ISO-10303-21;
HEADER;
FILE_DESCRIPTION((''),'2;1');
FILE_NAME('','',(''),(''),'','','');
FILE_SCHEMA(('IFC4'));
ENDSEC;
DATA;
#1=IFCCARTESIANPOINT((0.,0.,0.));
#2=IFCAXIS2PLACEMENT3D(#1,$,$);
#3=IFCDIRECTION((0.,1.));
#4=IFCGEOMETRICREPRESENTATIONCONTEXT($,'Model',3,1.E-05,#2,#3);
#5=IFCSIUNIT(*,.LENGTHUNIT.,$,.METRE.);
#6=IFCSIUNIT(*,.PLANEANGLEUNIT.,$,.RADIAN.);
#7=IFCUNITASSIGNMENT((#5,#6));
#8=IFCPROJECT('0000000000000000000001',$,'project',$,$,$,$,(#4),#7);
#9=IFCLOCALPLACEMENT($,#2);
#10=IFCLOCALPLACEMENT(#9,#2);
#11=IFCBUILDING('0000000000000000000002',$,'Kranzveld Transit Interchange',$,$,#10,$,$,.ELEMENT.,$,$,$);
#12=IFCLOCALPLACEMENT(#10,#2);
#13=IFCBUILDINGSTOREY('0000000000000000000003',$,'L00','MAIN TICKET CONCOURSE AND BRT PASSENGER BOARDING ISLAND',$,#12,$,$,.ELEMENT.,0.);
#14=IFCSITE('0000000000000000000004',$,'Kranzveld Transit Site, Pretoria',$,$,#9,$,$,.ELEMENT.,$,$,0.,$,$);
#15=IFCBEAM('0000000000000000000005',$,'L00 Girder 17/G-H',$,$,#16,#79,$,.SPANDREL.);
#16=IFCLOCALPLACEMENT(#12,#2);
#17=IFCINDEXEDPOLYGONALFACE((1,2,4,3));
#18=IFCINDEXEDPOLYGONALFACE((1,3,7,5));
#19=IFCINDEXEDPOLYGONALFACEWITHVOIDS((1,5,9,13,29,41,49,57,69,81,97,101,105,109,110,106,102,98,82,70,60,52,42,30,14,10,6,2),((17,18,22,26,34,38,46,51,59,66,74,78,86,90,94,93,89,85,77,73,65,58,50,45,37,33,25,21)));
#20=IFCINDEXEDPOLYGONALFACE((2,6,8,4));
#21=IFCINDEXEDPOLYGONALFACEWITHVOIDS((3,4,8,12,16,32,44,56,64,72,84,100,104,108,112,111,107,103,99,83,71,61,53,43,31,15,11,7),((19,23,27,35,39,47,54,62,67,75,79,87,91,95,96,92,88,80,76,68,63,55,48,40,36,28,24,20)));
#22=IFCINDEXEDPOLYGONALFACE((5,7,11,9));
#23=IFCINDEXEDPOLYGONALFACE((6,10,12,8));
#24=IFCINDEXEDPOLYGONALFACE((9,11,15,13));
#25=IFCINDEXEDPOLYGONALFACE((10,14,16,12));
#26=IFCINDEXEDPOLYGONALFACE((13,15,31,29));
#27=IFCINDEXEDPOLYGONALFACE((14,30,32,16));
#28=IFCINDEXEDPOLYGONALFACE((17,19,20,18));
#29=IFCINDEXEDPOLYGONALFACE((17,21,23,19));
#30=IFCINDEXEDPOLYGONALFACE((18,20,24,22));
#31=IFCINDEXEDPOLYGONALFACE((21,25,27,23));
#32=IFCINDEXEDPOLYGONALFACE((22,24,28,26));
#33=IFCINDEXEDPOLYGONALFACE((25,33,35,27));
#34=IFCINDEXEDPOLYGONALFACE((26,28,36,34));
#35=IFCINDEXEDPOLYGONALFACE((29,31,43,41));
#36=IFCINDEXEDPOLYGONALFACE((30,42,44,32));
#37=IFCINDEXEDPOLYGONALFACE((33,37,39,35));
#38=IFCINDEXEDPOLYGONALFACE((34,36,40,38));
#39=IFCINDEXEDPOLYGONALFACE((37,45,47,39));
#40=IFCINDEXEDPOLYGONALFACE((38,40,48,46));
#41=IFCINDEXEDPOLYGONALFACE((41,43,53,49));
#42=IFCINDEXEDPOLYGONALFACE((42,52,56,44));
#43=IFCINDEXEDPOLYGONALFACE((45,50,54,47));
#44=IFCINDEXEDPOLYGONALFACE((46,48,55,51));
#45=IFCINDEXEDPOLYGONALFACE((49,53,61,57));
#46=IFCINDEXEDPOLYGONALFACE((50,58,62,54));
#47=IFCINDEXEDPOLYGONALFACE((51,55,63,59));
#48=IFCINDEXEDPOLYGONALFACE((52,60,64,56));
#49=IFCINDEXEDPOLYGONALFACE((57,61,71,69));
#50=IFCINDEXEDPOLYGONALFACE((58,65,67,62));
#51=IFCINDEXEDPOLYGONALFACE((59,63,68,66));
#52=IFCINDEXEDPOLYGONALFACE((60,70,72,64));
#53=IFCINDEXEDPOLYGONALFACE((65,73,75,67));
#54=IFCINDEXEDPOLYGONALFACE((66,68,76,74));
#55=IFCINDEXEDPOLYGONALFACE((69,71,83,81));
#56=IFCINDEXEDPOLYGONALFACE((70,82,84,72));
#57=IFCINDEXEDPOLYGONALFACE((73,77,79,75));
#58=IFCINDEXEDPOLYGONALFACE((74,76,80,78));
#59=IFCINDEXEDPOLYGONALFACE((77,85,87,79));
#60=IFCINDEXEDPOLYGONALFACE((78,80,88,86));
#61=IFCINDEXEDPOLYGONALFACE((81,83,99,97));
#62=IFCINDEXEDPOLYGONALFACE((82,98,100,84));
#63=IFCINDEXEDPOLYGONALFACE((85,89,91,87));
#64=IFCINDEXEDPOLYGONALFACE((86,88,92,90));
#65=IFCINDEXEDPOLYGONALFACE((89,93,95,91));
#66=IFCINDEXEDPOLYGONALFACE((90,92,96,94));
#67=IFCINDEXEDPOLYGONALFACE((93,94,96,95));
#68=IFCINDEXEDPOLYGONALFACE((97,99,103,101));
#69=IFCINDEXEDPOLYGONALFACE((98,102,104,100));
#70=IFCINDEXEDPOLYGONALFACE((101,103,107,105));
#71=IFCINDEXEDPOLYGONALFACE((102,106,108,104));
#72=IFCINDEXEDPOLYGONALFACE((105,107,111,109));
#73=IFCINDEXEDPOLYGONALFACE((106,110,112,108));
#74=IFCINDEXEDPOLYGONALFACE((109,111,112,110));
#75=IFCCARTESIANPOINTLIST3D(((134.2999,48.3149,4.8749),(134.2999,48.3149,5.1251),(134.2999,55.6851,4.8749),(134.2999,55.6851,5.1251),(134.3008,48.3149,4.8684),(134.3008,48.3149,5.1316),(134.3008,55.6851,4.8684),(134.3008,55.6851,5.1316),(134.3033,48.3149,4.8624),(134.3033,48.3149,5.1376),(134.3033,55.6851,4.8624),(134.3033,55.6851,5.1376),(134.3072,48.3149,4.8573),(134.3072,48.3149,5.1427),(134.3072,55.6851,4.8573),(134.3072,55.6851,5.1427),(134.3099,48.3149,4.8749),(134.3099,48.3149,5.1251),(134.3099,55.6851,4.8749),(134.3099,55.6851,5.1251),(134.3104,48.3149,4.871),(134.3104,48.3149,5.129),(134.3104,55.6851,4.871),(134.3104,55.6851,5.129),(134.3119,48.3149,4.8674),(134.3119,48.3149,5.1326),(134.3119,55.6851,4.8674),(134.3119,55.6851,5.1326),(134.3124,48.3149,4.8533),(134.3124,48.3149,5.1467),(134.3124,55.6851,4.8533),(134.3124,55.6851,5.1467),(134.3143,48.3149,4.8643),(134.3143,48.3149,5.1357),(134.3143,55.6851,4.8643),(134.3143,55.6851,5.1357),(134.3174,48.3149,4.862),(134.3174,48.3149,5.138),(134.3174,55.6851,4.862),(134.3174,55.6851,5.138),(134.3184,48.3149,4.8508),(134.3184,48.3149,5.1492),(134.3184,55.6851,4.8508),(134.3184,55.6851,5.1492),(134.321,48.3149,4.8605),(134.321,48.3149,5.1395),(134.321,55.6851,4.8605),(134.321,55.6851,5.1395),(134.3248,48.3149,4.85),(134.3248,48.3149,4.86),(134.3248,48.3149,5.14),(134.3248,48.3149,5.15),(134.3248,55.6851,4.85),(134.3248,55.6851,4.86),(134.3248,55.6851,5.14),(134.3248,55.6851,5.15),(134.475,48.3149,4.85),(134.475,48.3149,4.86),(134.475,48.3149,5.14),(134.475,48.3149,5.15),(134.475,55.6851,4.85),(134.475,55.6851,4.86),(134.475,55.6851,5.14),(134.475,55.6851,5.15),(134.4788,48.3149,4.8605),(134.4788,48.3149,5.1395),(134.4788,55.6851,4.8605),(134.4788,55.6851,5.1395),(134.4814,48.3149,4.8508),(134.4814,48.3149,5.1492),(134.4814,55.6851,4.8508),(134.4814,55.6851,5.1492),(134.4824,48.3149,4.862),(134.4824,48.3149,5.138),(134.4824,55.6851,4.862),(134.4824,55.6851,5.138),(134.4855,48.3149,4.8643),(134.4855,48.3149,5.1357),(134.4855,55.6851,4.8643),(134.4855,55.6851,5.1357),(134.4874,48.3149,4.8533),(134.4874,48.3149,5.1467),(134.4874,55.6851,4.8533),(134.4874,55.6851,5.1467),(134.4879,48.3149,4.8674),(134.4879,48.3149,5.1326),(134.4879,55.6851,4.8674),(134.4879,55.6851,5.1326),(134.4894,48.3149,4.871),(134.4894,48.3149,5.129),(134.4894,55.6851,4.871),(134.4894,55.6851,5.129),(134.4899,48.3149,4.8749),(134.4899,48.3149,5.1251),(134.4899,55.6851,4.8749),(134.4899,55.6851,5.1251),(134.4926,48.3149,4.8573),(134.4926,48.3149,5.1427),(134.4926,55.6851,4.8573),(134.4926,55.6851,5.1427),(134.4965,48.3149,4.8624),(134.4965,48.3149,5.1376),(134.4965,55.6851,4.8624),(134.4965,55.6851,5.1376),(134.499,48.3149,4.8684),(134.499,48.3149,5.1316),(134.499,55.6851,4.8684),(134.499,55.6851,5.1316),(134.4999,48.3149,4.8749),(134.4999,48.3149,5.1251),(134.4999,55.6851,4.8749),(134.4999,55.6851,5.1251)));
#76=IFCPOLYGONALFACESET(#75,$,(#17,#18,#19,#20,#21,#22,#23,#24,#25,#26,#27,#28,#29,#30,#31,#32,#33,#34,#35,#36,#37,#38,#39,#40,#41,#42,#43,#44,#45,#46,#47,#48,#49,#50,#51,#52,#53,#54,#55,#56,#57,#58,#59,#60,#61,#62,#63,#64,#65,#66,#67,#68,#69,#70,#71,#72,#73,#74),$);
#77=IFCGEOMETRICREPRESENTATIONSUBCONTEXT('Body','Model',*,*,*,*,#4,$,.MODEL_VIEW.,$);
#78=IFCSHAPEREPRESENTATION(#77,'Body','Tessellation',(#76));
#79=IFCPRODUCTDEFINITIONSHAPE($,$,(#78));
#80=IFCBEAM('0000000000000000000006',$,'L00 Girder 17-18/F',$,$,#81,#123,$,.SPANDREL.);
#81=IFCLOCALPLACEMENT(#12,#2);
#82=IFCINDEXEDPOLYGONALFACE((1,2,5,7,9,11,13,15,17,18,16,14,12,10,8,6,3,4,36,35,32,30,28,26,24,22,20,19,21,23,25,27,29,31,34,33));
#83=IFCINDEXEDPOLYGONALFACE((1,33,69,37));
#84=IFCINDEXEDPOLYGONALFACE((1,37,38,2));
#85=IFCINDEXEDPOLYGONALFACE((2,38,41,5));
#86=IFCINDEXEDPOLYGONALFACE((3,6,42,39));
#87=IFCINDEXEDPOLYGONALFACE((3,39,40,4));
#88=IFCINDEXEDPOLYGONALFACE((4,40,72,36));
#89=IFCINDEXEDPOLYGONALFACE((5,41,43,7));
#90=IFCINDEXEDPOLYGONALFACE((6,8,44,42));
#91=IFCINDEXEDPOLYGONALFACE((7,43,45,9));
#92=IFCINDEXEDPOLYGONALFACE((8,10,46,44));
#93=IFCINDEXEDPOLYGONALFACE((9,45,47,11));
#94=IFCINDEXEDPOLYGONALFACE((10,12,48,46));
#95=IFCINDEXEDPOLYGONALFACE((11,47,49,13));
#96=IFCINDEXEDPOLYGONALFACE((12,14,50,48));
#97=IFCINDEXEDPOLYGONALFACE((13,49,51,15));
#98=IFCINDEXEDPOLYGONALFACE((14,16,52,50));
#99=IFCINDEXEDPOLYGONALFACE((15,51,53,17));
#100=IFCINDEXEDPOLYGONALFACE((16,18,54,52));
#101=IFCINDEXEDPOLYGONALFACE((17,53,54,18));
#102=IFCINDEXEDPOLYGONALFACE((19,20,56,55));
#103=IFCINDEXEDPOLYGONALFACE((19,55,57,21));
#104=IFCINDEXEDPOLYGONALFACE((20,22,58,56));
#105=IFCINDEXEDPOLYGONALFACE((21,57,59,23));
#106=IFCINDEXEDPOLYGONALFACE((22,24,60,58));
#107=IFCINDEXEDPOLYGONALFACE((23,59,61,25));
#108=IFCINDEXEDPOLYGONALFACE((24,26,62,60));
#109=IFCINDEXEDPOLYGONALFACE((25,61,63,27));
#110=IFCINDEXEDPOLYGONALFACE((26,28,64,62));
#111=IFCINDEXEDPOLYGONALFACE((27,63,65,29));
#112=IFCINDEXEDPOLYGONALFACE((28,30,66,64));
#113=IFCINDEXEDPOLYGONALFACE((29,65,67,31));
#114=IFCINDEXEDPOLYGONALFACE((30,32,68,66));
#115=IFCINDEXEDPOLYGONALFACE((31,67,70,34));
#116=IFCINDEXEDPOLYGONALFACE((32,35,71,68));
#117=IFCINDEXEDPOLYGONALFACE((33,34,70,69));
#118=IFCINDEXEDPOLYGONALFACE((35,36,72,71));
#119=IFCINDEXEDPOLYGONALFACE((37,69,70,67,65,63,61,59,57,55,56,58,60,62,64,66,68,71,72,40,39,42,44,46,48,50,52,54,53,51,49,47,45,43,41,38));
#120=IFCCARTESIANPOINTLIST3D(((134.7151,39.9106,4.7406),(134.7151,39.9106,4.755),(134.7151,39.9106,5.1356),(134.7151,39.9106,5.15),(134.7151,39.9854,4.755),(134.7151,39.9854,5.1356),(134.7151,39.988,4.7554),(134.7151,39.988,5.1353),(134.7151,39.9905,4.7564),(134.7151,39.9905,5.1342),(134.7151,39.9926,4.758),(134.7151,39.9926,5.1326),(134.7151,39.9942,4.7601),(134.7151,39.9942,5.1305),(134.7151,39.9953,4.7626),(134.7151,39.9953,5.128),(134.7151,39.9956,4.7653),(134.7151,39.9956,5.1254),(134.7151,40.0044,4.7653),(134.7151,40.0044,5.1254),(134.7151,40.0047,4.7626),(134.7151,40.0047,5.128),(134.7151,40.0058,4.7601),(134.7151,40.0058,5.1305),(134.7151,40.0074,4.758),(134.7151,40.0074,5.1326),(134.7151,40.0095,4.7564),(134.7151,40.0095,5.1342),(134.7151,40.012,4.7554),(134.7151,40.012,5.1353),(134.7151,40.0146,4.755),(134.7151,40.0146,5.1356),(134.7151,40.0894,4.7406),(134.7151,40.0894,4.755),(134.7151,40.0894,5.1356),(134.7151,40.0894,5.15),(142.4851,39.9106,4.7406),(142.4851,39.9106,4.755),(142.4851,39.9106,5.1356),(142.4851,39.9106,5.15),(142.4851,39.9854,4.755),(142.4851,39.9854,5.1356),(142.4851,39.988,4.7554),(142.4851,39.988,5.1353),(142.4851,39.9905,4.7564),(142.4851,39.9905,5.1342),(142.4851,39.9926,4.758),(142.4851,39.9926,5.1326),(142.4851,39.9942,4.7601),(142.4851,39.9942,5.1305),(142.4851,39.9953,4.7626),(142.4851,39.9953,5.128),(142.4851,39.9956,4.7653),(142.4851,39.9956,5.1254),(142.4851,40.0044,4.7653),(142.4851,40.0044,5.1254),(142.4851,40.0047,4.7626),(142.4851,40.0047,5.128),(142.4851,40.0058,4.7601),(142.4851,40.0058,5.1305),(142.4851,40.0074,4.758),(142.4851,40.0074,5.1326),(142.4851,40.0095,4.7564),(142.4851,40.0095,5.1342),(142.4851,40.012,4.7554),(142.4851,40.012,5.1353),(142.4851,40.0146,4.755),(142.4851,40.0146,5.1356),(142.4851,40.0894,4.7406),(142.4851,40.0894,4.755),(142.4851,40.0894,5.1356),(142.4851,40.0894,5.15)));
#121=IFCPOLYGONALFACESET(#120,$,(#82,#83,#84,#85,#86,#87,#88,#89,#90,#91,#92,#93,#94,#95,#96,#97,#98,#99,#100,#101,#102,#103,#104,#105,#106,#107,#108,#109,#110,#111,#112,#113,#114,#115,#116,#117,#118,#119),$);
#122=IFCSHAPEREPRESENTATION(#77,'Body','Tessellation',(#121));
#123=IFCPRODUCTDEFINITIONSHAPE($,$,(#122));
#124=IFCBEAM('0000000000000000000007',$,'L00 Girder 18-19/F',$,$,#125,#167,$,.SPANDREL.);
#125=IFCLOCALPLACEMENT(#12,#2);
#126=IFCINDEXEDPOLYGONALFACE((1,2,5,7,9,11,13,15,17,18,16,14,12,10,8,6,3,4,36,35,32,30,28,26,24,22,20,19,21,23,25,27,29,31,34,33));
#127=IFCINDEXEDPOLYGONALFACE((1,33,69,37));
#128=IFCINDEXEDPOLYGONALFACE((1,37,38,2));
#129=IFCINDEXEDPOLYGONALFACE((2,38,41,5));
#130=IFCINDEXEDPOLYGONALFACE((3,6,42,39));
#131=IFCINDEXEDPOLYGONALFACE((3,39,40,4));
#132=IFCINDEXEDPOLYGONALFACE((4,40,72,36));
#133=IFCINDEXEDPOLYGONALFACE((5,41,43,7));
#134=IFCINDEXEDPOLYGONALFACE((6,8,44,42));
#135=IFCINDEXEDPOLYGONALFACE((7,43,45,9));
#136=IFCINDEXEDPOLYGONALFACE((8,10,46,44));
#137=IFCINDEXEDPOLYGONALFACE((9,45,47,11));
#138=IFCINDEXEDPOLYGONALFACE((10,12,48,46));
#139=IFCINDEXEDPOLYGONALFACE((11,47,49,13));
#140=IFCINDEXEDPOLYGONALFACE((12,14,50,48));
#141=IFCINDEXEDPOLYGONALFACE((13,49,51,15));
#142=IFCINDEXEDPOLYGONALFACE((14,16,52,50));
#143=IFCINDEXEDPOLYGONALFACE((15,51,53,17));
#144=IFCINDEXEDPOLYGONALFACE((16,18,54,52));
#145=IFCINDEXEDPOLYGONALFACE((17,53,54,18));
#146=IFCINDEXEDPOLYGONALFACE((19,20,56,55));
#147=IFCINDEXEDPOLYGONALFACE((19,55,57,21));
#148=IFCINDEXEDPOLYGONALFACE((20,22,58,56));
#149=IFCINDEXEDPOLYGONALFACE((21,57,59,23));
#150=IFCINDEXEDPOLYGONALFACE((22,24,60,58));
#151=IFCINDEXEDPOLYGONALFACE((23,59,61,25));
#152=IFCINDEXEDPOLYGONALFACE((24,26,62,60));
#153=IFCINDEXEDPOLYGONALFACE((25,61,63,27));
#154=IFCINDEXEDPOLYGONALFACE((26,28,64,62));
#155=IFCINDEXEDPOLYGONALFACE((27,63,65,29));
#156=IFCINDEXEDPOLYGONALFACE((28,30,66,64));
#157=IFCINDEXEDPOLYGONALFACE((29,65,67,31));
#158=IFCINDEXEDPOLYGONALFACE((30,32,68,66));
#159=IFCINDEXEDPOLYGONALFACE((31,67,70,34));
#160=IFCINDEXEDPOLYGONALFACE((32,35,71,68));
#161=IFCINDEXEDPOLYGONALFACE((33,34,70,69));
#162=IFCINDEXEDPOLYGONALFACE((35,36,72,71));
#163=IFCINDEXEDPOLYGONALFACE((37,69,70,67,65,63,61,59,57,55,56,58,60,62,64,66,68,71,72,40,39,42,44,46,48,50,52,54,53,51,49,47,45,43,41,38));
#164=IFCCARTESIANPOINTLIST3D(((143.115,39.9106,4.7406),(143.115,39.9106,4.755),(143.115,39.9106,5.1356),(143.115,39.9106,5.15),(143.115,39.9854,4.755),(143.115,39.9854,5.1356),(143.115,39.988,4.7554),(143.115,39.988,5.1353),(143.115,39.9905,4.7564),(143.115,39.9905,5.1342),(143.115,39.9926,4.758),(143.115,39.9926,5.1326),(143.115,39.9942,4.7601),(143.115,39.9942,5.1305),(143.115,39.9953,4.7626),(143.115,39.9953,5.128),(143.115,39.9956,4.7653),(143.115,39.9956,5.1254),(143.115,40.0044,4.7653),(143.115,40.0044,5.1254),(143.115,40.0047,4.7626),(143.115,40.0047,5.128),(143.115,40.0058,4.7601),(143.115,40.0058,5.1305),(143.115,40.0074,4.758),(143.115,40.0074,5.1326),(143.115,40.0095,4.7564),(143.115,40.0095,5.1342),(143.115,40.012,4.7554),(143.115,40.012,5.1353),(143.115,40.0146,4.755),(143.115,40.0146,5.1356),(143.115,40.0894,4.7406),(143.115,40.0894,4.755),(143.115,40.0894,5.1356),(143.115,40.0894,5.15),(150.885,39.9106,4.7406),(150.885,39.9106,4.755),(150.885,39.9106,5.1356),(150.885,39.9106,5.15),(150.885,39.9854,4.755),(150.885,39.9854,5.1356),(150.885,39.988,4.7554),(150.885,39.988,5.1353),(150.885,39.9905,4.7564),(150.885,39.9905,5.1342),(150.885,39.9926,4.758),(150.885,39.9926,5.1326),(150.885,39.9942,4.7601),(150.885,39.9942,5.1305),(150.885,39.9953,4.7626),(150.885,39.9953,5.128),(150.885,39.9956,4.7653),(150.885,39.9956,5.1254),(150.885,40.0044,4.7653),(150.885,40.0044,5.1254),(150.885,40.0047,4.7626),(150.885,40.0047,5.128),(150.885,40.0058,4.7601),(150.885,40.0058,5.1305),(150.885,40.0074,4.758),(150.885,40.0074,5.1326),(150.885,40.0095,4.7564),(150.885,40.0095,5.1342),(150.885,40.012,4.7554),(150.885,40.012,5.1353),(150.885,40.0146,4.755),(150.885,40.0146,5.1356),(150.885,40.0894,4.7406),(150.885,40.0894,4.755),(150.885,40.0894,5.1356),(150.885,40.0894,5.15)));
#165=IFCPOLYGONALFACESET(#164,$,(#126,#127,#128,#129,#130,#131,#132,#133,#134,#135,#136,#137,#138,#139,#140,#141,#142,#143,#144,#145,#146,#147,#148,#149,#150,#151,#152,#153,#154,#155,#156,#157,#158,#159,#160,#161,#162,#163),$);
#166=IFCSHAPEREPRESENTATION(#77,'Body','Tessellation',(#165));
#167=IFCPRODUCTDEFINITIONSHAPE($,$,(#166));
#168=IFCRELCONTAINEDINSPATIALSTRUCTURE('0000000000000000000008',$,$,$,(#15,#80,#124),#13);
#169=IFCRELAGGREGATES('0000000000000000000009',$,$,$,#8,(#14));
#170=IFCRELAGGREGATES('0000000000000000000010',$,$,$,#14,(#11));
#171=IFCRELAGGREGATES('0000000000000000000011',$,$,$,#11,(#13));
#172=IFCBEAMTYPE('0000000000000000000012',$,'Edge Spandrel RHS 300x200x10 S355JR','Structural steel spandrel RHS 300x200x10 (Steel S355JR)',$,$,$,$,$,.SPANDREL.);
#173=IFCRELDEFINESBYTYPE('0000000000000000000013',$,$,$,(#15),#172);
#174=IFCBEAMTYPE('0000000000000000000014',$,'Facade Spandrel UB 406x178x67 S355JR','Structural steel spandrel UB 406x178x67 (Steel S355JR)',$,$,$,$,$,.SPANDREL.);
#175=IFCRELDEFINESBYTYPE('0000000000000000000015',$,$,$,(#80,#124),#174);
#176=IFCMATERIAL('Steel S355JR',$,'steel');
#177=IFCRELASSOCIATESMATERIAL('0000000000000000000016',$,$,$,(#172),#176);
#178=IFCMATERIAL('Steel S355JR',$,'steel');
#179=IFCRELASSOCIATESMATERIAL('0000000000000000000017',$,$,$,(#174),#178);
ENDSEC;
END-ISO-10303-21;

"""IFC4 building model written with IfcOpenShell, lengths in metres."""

from ifc_helpers import new_model, si_unit, direction, frame, origin, origin_2d, place, context, subcontext, project, spatial, hollow_rectangle, i_section, extrude, material, material_profile, profile_set, type_object, element, save


model = new_model("IFC4")

# Units and contexts
model_context = context("Model", 3, precision=1e-05, world=origin(), true_north=direction((0.0, 1.0)))
body_context = subcontext(model_context, "Body", "Model", "MODEL_VIEW")
ifc_project = project(units=[si_unit("LENGTHUNIT", "METRE"), si_unit("PLANEANGLEUNIT", "RADIAN")], contexts=[model_context])

# Site, building, storey
site_placement = place(None, origin())
site = spatial("IfcSite", under=ifc_project, at=site_placement, Name="Kranzveld Transit Site, Pretoria", CompositionType="ELEMENT", RefElevation=0.0)
building_placement = place(site_placement, origin())
building = spatial("IfcBuilding", under=site, at=building_placement, Name="Kranzveld Transit Interchange", CompositionType="ELEMENT")
storey_placement = place(building_placement, origin())
storey = spatial("IfcBuildingStorey", under=building, at=storey_placement, Name="L00", Description="MAIN TICKET CONCOURSE AND BRT PASSENGER BOARDING ISLAND", CompositionType="ELEMENT", Elevation=0.0)

# Beams
ifc_material_1 = material(Name="Steel S355JR", Category="steel")
ifc_material_profile_1 = material_profile(ifc_material_1, hollow_rectangle(XDim=0.2, YDim=0.3, WallThickness=0.01, InnerFilletRadius=0.0149, OuterFilletRadius=0.0249, at=origin_2d()), Name="RHS 300x200x10")
ifc_profile_set_1 = profile_set([ifc_material_profile_1], Name="Steel S355JR")
beam_type_1 = type_object("IfcBeamType", Name="Edge Spandrel RHS 300x200x10 S355JR", Description="Structural steel spandrel RHS 300x200x10 (Steel S355JR)", PredefinedType="SPANDREL", material=ifc_profile_set_1)
for number, where, z_axis, x_axis, name in (
    (1, (134.3999, 48.3149, 5.0), (0.0, 1.0, 0.0), (-1.0, 0.0, 0.0), "L00 Girder 17/G-H"),
):
    element("IfcBeam", number, at=place(storey_placement, frame(where, z_axis=z_axis, x_axis=x_axis)), inside=storey, type_object=beam_type_1, Name=name, PredefinedType="SPANDREL", context=body_context, shape_type="SweptSolid", body=[
        extrude(hollow_rectangle(XDim=0.2, YDim=0.3, WallThickness=0.01, InnerFilletRadius=0.0149, OuterFilletRadius=0.0249, at=origin_2d()), origin(), (0.0, 0.0, 1.0), 7.3701),
    ])
ifc_material_2 = material(Name="Steel S355JR", Category="steel")
ifc_material_profile_2 = material_profile(ifc_material_2, i_section(OverallWidth=0.1787, OverallDepth=0.4094, WebThickness=0.0088, FlangeThickness=0.0144, FilletRadius=0.0103, at=origin_2d()), Name="UB 406x178x67")
ifc_profile_set_2 = profile_set([ifc_material_profile_2], Name="Steel S355JR")
beam_type_2 = type_object("IfcBeamType", Name="Facade Spandrel UB 406x178x67 S355JR", Description="Structural steel spandrel UB 406x178x67 (Steel S355JR)", PredefinedType="SPANDREL", material=ifc_profile_set_2)
for number, where, z_axis, x_axis, name in (
    (2, (134.7151, 40.0, 4.9453), (1.0, 0.0, 0.0), (0.0, 1.0, 0.0), "L00 Girder 17-18/F"),
    (3, (143.115, 40.0, 4.9453), (1.0, 0.0, 0.0), (0.0, 1.0, 0.0), "L00 Girder 18-19/F"),
):
    element("IfcBeam", number, at=place(storey_placement, frame(where, z_axis=z_axis, x_axis=x_axis)), inside=storey, type_object=beam_type_2, Name=name, PredefinedType="SPANDREL", context=body_context, shape_type="SweptSolid", body=[
        extrude(i_section(OverallWidth=0.1787, OverallDepth=0.4094, WebThickness=0.0088, FlangeThickness=0.0144, FilletRadius=0.0103, at=origin_2d()), origin(), (0.0, 0.0, 1.0), 7.77),
    ])

save(model, "model.ifc")
